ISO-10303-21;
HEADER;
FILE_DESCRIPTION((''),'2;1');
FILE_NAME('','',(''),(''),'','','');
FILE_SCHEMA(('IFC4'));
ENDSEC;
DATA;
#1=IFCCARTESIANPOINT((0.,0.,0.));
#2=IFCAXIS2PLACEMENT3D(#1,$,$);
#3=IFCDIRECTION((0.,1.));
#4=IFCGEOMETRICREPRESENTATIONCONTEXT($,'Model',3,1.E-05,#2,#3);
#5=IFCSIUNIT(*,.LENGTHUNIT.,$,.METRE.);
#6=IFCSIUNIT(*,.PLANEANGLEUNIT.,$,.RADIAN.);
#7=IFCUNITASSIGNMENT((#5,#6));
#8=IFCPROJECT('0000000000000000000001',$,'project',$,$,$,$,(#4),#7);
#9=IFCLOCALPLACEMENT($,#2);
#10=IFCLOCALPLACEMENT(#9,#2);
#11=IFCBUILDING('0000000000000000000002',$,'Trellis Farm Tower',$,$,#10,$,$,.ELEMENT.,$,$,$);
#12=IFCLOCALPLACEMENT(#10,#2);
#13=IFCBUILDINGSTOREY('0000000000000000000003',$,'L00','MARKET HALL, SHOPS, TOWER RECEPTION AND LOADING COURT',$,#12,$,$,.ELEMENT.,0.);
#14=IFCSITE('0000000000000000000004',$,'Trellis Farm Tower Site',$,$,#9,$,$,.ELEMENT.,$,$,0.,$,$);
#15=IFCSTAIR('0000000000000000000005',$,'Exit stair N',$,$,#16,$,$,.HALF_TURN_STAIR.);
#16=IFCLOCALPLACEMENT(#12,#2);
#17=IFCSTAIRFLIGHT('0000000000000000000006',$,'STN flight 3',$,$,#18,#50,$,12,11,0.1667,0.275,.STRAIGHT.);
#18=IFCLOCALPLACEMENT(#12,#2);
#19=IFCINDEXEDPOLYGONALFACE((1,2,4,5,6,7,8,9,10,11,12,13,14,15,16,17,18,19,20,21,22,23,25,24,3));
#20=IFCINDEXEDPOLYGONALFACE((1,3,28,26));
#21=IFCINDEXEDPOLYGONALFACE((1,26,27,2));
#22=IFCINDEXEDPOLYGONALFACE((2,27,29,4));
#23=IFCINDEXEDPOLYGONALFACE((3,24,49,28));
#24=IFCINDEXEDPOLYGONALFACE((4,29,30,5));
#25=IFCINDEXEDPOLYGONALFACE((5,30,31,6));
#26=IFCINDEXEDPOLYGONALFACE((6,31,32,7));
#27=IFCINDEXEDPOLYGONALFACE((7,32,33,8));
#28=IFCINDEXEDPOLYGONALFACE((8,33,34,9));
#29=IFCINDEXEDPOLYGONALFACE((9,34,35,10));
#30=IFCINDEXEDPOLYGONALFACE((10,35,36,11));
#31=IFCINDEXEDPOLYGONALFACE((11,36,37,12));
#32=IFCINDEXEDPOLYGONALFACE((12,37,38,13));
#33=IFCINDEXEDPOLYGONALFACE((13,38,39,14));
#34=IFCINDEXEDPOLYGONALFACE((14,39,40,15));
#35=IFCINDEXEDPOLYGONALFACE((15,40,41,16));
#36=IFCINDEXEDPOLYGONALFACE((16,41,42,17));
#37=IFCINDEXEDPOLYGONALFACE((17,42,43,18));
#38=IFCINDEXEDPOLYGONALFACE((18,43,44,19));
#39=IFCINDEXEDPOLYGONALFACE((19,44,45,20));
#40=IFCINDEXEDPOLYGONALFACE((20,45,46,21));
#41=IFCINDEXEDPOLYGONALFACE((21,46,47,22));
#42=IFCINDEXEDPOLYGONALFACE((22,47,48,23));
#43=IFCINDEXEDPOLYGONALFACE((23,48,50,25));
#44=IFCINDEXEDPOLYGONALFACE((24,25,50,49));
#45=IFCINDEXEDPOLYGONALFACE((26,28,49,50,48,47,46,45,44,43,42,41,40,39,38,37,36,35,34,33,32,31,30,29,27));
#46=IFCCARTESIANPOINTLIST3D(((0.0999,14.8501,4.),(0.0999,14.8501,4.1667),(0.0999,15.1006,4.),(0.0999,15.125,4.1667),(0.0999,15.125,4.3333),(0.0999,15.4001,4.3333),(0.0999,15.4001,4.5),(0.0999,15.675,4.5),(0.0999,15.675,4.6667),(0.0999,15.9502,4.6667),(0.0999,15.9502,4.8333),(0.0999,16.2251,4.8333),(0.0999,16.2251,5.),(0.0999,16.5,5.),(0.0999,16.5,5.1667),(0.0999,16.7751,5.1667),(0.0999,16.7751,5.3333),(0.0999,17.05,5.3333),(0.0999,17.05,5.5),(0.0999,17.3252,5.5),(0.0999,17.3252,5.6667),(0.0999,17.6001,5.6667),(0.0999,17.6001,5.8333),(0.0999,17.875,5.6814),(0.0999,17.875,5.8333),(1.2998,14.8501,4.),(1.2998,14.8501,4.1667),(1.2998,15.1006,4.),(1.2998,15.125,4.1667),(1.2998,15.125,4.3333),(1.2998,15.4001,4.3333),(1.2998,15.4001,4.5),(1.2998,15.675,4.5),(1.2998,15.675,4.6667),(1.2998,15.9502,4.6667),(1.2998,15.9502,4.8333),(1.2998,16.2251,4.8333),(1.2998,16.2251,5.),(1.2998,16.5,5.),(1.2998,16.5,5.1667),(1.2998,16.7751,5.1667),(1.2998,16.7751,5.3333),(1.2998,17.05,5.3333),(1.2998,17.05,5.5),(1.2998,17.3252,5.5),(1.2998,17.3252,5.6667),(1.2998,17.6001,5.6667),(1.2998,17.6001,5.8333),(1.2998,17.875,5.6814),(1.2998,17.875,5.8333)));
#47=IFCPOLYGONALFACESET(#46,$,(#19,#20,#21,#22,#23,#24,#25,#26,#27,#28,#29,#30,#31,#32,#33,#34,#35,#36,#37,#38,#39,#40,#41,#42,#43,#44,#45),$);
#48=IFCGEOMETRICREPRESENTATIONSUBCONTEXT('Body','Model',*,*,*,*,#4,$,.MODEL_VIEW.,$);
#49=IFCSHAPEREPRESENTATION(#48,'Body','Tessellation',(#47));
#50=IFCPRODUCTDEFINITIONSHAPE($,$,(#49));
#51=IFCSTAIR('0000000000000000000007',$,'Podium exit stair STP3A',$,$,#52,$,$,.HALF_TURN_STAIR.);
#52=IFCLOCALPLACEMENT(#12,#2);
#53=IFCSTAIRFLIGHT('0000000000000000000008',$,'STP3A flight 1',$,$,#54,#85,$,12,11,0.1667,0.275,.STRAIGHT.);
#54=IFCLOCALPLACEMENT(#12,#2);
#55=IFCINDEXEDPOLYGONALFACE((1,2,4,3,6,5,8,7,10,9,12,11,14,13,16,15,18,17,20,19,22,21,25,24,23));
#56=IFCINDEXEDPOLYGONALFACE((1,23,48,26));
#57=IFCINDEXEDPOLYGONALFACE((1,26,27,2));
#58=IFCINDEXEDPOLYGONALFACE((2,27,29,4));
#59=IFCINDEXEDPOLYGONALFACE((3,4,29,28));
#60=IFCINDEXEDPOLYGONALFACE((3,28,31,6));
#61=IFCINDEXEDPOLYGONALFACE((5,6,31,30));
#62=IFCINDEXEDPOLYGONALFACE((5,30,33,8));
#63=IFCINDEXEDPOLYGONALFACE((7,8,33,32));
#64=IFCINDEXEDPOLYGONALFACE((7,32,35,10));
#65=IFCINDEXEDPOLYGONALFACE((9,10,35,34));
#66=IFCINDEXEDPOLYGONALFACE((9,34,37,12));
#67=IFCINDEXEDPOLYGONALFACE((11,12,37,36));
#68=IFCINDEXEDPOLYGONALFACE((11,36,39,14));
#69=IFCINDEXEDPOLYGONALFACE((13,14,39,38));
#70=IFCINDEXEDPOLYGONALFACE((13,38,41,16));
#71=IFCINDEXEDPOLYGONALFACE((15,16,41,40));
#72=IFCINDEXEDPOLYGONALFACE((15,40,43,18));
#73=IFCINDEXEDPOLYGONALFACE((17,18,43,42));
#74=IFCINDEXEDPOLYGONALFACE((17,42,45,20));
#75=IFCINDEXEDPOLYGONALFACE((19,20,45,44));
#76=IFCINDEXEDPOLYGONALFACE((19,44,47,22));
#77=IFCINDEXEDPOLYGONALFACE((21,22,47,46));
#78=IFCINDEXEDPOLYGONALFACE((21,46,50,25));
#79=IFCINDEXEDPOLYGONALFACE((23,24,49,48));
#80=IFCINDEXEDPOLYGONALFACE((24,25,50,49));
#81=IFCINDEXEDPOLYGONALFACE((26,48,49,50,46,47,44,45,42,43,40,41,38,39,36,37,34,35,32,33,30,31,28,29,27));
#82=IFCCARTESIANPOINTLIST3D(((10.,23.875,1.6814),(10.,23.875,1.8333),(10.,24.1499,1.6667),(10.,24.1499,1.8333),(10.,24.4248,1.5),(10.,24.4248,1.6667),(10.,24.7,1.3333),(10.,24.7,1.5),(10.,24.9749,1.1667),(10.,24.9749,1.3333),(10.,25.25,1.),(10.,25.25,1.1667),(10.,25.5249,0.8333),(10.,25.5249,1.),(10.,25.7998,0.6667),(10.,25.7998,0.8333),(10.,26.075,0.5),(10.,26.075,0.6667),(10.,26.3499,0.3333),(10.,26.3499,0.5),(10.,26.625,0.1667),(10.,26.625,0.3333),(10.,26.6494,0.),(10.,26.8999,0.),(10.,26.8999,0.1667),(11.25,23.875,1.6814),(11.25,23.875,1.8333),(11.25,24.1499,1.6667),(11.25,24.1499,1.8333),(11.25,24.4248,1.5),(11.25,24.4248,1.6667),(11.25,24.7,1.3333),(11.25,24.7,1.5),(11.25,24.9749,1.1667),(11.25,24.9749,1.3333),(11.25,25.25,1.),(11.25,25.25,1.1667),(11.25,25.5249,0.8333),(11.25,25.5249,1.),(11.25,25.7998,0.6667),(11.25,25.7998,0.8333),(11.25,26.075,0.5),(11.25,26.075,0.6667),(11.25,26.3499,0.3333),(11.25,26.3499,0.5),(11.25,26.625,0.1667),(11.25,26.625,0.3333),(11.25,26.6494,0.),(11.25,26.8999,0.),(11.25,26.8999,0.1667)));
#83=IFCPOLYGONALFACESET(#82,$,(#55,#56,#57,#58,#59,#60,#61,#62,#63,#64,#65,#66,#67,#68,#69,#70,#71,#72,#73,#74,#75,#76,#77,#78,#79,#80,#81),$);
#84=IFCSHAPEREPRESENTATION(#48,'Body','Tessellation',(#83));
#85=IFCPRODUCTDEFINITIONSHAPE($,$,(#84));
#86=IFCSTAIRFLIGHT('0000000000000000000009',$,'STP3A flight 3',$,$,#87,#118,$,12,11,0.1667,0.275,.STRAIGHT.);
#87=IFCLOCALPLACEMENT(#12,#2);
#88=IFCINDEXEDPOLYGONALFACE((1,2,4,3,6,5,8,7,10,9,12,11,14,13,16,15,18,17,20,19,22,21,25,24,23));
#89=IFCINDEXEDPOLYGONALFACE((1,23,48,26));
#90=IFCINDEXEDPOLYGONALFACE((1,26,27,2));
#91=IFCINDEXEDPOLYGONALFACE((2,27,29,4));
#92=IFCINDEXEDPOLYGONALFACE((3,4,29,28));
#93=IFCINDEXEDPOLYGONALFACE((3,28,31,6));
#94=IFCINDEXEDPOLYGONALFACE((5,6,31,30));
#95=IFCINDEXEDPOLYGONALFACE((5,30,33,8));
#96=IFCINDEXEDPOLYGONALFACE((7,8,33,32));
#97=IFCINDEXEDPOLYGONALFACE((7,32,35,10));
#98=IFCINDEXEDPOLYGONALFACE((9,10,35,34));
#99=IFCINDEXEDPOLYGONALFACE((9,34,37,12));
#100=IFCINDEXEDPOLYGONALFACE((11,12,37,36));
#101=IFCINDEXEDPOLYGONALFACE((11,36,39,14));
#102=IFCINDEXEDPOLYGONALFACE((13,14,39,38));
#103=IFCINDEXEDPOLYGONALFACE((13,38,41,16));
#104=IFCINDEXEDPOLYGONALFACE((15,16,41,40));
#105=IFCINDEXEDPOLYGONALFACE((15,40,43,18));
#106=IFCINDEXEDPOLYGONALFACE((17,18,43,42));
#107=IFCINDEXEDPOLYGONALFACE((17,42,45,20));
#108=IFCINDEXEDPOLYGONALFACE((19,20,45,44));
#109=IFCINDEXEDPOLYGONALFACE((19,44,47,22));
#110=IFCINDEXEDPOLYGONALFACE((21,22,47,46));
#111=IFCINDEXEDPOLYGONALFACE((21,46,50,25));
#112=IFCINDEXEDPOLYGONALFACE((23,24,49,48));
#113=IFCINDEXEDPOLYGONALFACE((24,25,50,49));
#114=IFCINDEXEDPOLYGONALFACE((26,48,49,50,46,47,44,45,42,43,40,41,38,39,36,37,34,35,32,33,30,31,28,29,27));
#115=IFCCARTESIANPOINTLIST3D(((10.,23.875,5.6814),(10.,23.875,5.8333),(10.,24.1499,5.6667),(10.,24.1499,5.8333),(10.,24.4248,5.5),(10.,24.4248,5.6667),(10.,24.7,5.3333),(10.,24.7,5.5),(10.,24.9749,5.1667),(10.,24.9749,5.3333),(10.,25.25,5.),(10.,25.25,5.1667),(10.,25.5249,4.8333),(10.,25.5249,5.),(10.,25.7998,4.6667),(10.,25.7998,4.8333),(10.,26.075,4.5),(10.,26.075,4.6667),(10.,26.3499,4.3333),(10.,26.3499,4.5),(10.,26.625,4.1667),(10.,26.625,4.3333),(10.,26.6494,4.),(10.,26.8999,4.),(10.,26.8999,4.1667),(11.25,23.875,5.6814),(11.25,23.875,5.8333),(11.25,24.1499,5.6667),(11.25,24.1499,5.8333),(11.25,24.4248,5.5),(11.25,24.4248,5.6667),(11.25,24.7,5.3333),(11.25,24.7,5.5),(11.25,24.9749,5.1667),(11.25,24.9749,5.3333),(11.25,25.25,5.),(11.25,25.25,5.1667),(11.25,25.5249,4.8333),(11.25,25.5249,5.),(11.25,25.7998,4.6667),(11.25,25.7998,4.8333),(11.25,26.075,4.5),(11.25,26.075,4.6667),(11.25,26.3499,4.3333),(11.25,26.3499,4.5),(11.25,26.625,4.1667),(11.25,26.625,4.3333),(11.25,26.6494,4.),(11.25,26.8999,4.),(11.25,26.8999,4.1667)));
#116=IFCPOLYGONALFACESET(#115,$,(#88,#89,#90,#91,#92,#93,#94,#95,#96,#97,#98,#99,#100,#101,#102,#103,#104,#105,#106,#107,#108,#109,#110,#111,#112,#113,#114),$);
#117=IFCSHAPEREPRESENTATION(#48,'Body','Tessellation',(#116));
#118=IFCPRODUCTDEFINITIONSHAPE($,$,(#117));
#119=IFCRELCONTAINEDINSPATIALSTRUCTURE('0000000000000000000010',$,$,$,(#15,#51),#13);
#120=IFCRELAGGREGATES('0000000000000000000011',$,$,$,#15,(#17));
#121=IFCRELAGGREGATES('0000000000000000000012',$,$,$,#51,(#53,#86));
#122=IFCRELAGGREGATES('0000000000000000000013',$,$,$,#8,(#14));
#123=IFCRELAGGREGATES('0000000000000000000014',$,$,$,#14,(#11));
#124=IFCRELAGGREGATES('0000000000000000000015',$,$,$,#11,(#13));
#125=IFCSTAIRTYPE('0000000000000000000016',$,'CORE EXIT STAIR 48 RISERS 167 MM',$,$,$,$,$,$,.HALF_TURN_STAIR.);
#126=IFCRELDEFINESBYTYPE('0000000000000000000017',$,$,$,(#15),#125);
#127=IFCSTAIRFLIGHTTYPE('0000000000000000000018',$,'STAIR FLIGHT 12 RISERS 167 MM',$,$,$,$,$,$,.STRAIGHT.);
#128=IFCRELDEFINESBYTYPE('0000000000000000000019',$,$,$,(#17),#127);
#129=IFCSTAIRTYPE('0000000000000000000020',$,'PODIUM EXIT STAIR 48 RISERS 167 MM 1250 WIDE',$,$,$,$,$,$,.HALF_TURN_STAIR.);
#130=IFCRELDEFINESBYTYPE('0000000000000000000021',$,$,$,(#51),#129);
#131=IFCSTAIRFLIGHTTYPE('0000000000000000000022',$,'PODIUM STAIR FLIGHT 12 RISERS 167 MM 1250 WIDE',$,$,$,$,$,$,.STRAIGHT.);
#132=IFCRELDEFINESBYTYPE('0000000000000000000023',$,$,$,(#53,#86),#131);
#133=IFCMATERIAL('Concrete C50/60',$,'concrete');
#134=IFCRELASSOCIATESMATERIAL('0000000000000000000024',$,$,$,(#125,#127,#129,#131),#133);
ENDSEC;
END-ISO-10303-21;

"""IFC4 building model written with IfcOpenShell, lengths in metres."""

from ifc_helpers import new_model, si_unit, direction, frame, origin, place, context, subcontext, project, spatial, polyline, outline, extrude, source, transform, mapped, material, type_object, element, aggregate, save


model = new_model("IFC4")

# Units and contexts
model_context = context("Model", 3, precision=1e-05, world=origin(), true_north=direction((0.0, 1.0)))
body_context = subcontext(model_context, "Body", "Model", "MODEL_VIEW")
ifc_project = project(units=[si_unit("LENGTHUNIT", "METRE"), si_unit("PLANEANGLEUNIT", "RADIAN")], contexts=[model_context])

# Site, building, storey
site_placement = place(None, origin())
site = spatial("IfcSite", under=ifc_project, at=site_placement, Name="Trellis Farm Tower Site", CompositionType="ELEMENT", RefElevation=0.0)
building_placement = place(site_placement, origin())
building = spatial("IfcBuilding", under=site, at=building_placement, Name="Trellis Farm Tower", CompositionType="ELEMENT")
storey_placement = place(building_placement, origin())
storey = spatial("IfcBuildingStorey", under=building, at=storey_placement, Name="L00", Description="MARKET HALL, SHOPS, TOWER RECEPTION AND LOADING COURT", CompositionType="ELEMENT", Elevation=0.0)

# Stairs, stair flights
ifc_material_1 = material(Name="Concrete C50/60", Category="concrete")
stair_type_1 = type_object("IfcStairType", Name="CORE EXIT STAIR 48 RISERS 167 MM", PredefinedType="HALF_TURN_STAIR", material=ifc_material_1)
placement = place(storey_placement, origin())
stair_1 = element("IfcStair", 1, at=placement, inside=storey, type_object=stair_type_1, Name="Exit stair N", PredefinedType="HALF_TURN_STAIR")
stair_flight_type_1 = type_object("IfcStairFlightType", Name="STAIR FLIGHT 12 RISERS 167 MM", PredefinedType="STRAIGHT", material=ifc_material_1)
shared_shape_1 = source(origin(), body_context, "Body", "SweptSolid", [
    extrude(outline(polyline([(0.0, 0.0), (0.0, 0.1667), (0.2749, 0.1667), (0.2749, 0.3333), (0.55, 0.3333), (0.55, 0.5), (0.825, 0.5), (0.825, 0.6667), (1.1001, 0.6667), (1.1001, 0.8333), (1.375, 0.8333), (1.375, 1.0), (1.6499, 1.0), (1.6499, 1.1667), (1.925, 1.1667), (1.925, 1.3333), (2.2, 1.3333), (2.2, 1.5), (2.4751, 1.5), (2.4751, 1.6667), (2.75, 1.6667), (2.75, 1.8333), (3.0249, 1.8333), (3.0249, 2.0), (3.0249, 1.6814), (0.2505, 0.0), (0.0, 0.0)])), frame((0.0, 0.6001, 0.0), z_axis=(0.0, -1.0, 0.0), x_axis=(1.0, 0.0, 0.0)), (0.0, 0.0, 1.0), 1.2),
])
stair_flight_1_placement = place(storey_placement, frame((0.7, 14.8501, 4.0), z_axis=(0.0, 0.0, 1.0), x_axis=(0.0, 1.0, 0.0)))
stair_flight_1 = element("IfcStairFlight", 2, at=stair_flight_1_placement, type_object=stair_flight_type_1, Name="STN flight 3", NumberOfRisers=12, NumberOfTreads=11, PredefinedType="STRAIGHT", RiserHeight=0.1667, TreadLength=0.275, context=body_context, shape_type="MappedRepresentation", body=[
    mapped(shared_shape_1, transform((0.0, 0.0, 0.0))),
])
aggregate(stair_1, [stair_flight_1])
stair_type_2 = type_object("IfcStairType", Name="PODIUM EXIT STAIR 48 RISERS 167 MM 1250 WIDE", PredefinedType="HALF_TURN_STAIR", material=ifc_material_1)
stair_2 = element("IfcStair", 3, at=placement, inside=storey, type_object=stair_type_2, Name="Podium exit stair STP3A", PredefinedType="HALF_TURN_STAIR")
stair_flight_type_2 = type_object("IfcStairFlightType", Name="PODIUM STAIR FLIGHT 12 RISERS 167 MM 1250 WIDE", PredefinedType="STRAIGHT", material=ifc_material_1)
shared_shape_2 = source(origin(), body_context, "Body", "SweptSolid", [
    extrude(outline(polyline([(0.0, 0.0), (0.0, 0.1667), (0.2749, 0.1667), (0.2749, 0.3333), (0.55, 0.3333), (0.55, 0.5), (0.825, 0.5), (0.825, 0.6667), (1.1001, 0.6667), (1.1001, 0.8333), (1.375, 0.8333), (1.375, 1.0), (1.6499, 1.0), (1.6499, 1.1667), (1.925, 1.1667), (1.925, 1.3333), (2.2, 1.3333), (2.2, 1.5), (2.4751, 1.5), (2.4751, 1.6667), (2.75, 1.6667), (2.75, 1.8333), (3.0249, 1.8333), (3.0249, 2.0), (3.0249, 1.6814), (0.2505, 0.0), (0.0, 0.0)])), frame((0.0, 0.625, 0.0), z_axis=(0.0, -1.0, 0.0), x_axis=(1.0, 0.0, 0.0)), (0.0, 0.0, 1.0), 1.25),
])
stair_flight_2_placement = place(storey_placement, frame((10.625, 26.8999, 0.0), z_axis=(0.0, 0.0, 1.0), x_axis=(0.0, -1.0, 0.0)))
stair_flight_2 = element("IfcStairFlight", 4, at=stair_flight_2_placement, type_object=stair_flight_type_2, Name="STP3A flight 1", NumberOfRisers=12, NumberOfTreads=11, PredefinedType="STRAIGHT", RiserHeight=0.1667, TreadLength=0.275, context=body_context, shape_type="MappedRepresentation", body=[
    mapped(shared_shape_2, transform((0.0, 0.0, 0.0))),
])
stair_flight_3_placement = place(storey_placement, frame((10.625, 26.8999, 4.0), z_axis=(0.0, 0.0, 1.0), x_axis=(0.0, -1.0, 0.0)))
stair_flight_3 = element("IfcStairFlight", 5, at=stair_flight_3_placement, type_object=stair_flight_type_2, Name="STP3A flight 3", NumberOfRisers=12, NumberOfTreads=11, PredefinedType="STRAIGHT", RiserHeight=0.1667, TreadLength=0.275, context=body_context, shape_type="MappedRepresentation", body=[
    mapped(shared_shape_2, transform((0.0, 0.0, 0.0))),
])
aggregate(stair_2, [stair_flight_2, stair_flight_3])

save(model, "model.ifc")
